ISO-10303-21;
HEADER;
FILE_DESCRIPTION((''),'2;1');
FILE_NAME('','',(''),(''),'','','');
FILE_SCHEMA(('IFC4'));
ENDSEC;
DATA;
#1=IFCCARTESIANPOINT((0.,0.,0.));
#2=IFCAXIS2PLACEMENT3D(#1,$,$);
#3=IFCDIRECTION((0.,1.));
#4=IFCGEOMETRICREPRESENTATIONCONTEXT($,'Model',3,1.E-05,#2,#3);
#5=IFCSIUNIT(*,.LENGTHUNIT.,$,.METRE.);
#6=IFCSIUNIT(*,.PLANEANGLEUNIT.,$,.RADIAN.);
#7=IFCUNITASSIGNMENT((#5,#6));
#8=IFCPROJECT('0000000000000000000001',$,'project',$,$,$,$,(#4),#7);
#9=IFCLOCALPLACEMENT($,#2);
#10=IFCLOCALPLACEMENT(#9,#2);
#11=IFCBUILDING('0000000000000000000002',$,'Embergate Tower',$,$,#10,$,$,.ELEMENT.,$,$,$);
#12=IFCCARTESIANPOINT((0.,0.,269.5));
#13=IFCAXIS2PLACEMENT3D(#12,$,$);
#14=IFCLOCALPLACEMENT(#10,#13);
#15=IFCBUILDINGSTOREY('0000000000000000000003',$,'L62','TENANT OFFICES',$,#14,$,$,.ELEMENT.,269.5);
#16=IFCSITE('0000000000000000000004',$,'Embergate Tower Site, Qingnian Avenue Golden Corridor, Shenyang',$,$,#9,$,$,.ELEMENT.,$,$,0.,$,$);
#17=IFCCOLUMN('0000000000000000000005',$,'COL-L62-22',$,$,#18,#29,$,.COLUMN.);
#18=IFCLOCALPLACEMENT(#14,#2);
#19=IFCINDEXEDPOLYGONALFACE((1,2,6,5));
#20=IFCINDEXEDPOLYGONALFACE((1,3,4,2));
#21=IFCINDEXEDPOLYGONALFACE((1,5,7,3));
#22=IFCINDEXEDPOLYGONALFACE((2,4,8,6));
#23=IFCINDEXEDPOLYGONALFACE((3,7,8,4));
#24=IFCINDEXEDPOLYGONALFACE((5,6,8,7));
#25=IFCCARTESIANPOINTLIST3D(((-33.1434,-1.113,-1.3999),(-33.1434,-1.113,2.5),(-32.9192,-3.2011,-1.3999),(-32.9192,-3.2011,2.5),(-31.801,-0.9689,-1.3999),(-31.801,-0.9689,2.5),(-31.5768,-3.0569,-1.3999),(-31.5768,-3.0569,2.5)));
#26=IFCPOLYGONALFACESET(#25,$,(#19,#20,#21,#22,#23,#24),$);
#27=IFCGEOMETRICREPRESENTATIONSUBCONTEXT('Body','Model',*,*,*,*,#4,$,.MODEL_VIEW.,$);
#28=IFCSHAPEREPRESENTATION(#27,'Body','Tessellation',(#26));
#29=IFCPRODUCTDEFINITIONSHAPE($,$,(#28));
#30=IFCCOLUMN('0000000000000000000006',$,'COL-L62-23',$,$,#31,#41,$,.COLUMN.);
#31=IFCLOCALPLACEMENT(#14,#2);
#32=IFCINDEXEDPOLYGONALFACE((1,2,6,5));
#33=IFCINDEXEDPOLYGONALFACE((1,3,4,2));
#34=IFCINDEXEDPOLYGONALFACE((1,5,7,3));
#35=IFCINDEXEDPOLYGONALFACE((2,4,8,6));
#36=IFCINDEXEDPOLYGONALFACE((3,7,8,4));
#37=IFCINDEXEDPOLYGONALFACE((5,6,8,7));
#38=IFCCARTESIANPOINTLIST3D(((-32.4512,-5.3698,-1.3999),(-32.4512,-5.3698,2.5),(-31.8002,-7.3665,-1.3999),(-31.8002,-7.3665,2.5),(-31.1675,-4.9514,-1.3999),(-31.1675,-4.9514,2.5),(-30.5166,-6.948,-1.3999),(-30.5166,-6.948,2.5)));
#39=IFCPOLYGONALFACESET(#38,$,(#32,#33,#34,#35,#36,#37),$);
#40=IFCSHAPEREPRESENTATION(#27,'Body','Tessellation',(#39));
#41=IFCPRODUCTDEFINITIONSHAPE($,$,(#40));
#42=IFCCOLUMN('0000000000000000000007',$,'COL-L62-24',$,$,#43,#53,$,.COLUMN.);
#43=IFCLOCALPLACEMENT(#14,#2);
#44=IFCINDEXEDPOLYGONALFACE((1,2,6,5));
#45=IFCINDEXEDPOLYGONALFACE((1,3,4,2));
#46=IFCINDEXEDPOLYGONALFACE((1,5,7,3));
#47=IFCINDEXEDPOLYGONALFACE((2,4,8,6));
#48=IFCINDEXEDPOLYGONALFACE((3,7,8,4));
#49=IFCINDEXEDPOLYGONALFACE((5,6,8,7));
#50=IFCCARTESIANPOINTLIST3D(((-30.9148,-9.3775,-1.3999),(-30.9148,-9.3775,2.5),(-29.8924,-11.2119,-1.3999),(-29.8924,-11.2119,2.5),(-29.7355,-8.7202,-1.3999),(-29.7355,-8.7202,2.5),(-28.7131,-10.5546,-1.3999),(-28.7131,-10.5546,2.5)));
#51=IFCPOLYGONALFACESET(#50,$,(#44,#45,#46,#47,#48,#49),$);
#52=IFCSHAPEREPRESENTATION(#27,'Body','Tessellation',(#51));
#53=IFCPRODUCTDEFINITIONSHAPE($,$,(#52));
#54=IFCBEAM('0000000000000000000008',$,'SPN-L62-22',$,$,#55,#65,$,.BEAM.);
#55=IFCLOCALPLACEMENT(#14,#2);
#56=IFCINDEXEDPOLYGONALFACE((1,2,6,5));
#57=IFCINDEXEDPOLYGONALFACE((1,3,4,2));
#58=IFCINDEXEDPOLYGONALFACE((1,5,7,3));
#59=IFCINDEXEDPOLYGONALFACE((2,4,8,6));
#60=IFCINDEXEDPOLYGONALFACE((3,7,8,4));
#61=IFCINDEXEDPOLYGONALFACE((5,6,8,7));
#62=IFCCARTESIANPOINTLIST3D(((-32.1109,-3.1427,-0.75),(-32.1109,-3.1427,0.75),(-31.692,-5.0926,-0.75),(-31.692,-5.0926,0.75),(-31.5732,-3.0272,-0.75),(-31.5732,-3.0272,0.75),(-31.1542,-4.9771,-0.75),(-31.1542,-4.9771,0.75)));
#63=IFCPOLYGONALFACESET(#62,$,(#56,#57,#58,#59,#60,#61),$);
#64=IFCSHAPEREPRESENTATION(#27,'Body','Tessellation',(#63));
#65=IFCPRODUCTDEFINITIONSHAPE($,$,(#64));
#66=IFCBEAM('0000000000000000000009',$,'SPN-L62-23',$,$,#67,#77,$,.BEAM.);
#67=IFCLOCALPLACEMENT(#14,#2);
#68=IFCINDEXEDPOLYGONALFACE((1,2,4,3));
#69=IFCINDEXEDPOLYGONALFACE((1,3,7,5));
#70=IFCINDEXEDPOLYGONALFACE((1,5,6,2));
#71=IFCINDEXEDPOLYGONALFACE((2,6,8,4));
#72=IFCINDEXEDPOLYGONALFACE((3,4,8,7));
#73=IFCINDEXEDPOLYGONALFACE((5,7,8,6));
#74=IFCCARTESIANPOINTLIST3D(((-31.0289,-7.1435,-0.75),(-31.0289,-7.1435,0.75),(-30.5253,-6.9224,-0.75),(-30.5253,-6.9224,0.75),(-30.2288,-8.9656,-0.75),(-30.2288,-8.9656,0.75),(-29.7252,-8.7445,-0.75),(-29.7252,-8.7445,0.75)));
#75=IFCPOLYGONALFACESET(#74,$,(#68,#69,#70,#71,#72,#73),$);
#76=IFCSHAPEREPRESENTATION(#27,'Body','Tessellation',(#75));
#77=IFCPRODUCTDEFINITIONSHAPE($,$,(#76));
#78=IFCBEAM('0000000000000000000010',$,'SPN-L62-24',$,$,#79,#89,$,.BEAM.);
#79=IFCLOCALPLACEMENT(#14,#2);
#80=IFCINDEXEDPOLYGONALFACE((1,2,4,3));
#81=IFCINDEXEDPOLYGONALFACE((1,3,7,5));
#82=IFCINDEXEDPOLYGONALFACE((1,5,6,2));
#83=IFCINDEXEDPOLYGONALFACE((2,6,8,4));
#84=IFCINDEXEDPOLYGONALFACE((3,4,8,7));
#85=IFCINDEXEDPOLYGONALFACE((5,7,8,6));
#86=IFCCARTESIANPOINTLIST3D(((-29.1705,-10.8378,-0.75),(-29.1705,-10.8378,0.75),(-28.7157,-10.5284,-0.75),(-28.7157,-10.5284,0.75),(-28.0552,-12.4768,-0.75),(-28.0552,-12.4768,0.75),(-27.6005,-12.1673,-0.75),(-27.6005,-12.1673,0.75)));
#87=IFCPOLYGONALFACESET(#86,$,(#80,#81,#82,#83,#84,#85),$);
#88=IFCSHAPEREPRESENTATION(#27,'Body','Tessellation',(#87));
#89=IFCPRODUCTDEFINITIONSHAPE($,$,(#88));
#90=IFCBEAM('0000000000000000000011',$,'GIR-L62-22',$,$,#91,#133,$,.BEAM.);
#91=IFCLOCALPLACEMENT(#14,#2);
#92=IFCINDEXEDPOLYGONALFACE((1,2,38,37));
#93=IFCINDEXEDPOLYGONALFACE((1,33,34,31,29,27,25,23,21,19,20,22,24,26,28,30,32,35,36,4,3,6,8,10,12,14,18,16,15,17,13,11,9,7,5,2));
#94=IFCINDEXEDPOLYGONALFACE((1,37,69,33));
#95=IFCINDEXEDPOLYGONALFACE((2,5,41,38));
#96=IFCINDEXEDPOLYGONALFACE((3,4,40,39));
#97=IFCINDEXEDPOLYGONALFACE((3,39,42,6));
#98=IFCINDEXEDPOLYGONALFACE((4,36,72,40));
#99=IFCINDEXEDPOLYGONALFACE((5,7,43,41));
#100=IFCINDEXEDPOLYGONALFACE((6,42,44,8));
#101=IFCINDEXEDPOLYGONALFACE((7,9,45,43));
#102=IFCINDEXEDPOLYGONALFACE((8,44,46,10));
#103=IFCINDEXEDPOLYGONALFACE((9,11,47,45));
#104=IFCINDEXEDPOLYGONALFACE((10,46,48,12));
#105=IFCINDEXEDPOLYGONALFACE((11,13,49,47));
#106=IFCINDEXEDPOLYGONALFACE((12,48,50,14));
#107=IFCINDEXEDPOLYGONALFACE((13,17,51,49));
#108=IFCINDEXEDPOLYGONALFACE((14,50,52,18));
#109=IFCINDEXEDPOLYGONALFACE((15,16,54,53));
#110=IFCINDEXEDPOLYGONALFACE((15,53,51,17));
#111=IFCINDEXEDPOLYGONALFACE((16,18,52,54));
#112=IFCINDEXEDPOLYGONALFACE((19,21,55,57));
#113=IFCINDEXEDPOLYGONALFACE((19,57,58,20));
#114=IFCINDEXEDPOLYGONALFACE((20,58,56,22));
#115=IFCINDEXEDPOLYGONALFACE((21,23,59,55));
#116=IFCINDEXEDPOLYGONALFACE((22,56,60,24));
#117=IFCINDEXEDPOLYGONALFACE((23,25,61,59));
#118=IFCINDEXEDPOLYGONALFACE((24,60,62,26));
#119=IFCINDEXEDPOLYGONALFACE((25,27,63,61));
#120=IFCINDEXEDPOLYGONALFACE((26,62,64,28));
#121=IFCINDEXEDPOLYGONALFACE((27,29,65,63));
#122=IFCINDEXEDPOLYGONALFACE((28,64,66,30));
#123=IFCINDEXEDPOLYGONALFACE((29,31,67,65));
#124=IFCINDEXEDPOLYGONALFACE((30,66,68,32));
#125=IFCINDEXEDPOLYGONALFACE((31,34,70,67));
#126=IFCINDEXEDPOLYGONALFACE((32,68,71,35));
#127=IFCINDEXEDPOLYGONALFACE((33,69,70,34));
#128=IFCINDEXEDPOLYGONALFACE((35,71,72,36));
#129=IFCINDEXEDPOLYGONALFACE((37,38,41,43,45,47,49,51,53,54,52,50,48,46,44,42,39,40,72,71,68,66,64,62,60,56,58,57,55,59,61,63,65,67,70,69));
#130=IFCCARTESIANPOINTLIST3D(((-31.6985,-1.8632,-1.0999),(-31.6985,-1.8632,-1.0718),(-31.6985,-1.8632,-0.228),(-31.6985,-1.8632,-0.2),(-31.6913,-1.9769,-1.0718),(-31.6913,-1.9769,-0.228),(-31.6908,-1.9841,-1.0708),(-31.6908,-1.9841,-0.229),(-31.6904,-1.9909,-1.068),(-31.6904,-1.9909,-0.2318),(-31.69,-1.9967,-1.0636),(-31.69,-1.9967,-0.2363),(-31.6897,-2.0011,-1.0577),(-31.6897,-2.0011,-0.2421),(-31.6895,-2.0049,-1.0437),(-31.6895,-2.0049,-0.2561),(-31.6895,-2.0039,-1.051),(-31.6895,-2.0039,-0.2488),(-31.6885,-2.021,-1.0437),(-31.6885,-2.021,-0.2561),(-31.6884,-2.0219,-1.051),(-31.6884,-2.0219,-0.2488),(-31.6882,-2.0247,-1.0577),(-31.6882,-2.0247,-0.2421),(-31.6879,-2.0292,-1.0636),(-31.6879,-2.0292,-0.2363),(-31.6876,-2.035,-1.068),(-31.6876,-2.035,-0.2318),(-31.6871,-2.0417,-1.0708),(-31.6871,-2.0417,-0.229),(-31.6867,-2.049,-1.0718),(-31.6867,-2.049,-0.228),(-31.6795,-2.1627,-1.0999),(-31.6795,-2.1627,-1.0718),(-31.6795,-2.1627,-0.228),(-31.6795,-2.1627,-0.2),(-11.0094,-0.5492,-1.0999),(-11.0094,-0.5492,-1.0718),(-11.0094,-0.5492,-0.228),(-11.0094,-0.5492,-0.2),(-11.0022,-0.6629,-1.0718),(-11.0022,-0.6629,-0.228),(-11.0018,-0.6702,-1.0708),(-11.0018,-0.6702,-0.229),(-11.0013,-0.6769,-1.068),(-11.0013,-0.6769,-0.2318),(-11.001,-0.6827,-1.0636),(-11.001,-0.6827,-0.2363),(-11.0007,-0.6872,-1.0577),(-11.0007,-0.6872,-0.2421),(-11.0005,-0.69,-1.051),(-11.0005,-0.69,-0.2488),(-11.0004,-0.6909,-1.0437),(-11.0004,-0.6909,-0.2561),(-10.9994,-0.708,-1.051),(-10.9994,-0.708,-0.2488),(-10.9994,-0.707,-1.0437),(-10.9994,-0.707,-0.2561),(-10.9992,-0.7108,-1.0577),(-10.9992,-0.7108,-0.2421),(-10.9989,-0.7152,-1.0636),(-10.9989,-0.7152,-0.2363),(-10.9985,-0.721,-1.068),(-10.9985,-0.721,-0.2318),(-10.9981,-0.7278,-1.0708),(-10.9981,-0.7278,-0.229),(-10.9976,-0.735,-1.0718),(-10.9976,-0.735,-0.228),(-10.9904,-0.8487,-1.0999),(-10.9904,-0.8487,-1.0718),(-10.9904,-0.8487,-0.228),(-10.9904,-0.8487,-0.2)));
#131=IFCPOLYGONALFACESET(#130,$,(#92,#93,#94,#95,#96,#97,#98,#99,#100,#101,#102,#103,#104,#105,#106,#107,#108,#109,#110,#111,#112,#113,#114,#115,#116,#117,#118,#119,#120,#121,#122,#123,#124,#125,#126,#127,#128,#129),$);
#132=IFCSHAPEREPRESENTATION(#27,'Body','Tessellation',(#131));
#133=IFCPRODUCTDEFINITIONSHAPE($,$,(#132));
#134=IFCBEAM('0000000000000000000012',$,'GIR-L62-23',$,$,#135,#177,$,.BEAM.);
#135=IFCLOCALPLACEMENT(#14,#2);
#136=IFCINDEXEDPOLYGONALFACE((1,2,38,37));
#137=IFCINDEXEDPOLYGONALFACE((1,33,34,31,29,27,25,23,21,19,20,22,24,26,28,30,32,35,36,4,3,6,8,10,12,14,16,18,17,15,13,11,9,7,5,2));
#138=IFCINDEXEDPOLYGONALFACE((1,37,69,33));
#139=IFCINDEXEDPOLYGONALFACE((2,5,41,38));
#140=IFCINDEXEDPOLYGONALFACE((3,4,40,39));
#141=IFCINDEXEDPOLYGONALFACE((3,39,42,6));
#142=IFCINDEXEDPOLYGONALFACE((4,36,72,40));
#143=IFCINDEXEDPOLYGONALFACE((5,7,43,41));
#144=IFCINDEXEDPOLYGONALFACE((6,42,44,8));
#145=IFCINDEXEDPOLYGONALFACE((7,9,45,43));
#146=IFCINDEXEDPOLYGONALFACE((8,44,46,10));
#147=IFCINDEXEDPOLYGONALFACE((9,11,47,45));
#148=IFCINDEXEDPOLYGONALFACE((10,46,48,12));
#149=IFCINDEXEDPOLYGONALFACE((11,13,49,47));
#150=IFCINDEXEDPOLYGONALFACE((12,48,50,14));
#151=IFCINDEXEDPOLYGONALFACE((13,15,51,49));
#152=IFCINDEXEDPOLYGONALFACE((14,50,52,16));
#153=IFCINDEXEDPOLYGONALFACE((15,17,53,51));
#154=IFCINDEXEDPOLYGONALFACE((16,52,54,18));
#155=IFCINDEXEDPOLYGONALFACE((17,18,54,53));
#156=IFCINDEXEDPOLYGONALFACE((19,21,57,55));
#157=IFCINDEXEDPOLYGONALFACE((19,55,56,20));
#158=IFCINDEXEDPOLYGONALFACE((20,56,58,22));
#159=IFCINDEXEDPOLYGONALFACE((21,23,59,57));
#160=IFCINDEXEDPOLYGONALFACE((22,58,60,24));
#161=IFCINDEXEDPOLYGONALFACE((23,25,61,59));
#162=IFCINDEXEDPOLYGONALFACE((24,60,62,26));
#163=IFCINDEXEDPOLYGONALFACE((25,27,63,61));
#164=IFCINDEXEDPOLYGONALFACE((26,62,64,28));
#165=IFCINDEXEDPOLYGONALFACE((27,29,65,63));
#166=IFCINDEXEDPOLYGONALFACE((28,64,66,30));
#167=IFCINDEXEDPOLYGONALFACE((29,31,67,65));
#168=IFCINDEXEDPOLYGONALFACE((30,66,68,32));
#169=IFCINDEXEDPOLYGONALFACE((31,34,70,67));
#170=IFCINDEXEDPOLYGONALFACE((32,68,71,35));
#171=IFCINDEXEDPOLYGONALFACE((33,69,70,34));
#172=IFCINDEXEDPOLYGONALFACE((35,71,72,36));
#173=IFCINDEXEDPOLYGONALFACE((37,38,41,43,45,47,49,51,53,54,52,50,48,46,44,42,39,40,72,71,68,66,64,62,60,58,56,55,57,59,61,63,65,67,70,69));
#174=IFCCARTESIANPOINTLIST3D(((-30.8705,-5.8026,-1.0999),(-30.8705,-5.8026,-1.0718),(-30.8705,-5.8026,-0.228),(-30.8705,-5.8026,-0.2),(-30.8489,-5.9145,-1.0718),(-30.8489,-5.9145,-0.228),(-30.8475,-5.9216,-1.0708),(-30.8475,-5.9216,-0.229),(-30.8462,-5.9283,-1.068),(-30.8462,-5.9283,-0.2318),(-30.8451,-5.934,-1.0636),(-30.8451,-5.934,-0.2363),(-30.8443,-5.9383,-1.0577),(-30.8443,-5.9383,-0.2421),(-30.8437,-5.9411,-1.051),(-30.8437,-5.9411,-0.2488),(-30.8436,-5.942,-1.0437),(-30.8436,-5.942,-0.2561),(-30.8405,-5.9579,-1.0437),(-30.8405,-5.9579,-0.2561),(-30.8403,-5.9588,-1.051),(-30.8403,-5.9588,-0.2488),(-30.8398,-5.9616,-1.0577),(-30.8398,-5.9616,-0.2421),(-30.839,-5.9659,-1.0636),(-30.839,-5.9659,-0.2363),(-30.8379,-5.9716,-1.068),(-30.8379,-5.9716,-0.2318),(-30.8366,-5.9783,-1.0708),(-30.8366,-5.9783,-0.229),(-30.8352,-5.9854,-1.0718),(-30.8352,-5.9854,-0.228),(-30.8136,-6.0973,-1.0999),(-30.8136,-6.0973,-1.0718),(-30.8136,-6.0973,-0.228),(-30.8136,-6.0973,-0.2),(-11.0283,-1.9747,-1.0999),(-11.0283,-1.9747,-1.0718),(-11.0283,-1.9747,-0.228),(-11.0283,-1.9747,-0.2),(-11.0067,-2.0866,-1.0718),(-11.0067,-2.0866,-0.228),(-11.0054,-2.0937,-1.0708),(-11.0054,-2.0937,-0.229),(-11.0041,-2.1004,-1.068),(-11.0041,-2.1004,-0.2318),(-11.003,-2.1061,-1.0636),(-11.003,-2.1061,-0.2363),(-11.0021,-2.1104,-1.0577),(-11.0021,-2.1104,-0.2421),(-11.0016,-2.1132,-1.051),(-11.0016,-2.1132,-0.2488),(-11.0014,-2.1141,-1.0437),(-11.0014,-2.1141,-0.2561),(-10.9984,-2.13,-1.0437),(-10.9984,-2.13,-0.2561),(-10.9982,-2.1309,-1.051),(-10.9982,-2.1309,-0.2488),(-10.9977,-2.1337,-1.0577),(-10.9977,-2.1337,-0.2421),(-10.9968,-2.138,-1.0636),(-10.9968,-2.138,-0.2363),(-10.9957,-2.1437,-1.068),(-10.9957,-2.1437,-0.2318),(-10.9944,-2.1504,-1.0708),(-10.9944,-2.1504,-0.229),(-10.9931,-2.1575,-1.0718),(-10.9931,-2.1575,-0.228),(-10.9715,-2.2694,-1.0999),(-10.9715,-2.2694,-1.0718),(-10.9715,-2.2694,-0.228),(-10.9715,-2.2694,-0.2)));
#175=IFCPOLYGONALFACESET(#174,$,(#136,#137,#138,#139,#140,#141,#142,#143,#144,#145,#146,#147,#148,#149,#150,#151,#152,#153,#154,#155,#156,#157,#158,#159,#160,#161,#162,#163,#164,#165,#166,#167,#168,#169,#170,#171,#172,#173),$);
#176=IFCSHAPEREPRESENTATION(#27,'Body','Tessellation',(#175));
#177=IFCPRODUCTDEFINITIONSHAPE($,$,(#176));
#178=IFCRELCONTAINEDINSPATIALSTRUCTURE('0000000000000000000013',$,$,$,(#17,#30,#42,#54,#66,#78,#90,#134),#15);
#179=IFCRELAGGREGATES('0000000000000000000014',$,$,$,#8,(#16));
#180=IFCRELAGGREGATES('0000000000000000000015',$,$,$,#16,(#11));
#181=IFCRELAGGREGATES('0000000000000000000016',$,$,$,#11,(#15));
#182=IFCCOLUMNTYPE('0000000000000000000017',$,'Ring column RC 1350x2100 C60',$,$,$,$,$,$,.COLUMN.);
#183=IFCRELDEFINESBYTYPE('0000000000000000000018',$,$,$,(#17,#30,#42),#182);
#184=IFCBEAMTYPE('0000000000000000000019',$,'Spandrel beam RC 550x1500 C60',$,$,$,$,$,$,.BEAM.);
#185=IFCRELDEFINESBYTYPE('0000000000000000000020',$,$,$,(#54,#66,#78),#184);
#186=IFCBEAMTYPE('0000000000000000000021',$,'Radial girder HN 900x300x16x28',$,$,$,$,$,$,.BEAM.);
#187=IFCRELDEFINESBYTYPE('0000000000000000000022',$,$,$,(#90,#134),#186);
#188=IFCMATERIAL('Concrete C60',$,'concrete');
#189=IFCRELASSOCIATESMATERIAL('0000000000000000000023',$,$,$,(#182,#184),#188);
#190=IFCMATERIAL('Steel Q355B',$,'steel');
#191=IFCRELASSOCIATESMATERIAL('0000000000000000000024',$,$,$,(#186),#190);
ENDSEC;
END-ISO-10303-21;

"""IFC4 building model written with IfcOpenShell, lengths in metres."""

from ifc_helpers import new_model, si_unit, direction, frame, origin, origin_2d, place, context, subcontext, project, spatial, rectangle, i_section, extrude, source, transform, mapped, material, material_profile, profile_set, type_object, element, save


model = new_model("IFC4")

# Units and contexts
model_context = context("Model", 3, precision=1e-05, world=origin(), true_north=direction((0.0, 1.0)))
body_context = subcontext(model_context, "Body", "Model", "MODEL_VIEW")
ifc_project = project(units=[si_unit("LENGTHUNIT", "METRE"), si_unit("PLANEANGLEUNIT", "RADIAN")], contexts=[model_context])

# Site, building, storey
site_placement = place(None, origin())
site = spatial("IfcSite", under=ifc_project, at=site_placement, Name="Embergate Tower Site, Qingnian Avenue Golden Corridor, Shenyang", CompositionType="ELEMENT", RefElevation=0.0)
building_placement = place(site_placement, origin())
building = spatial("IfcBuilding", under=site, at=building_placement, Name="Embergate Tower", CompositionType="ELEMENT")
storey_placement = place(building_placement, frame((0.0, 0.0, 269.5)))
storey = spatial("IfcBuildingStorey", under=building, at=storey_placement, Name="L62", Description="TENANT OFFICES", CompositionType="ELEMENT", Elevation=269.5)

# Columns
ifc_material_1 = material(Name="Concrete C60", Category="concrete")
ifc_material_profile_1 = material_profile(ifc_material_1, rectangle(XDim=1.3501, YDim=2.1001, at=origin_2d()), Name="RC 1350x2100")
ifc_profile_set_1 = profile_set([ifc_material_profile_1], Name="Concrete C60")
column_type = type_object("IfcColumnType", Name="Ring column RC 1350x2100 C60", PredefinedType="COLUMN", material=ifc_profile_set_1)
shared_shape_1 = source(origin(), body_context, "Body", "SweptSolid", [
    extrude(rectangle(XDim=1.3501, YDim=2.1001, at=origin_2d()), origin(), (0.0, 0.0, 1.0), 3.8999),
])
for number, where, z_axis, x_axis, name in (
    (1, (-32.3601, -2.085, -1.3999), (0.0, 0.0, 1.0), (-0.994286, -0.10675, 0.0), "COL-L62-22"),
    (2, (-31.4839, -6.1589, -1.3999), (0.0, 0.0, 1.0), (-0.950754, -0.309946, 0.0), "COL-L62-23"),
    (3, (-29.814, -9.9661, -1.3999), (0.0, 0.0, 1.0), (-0.873492, -0.486839, 0.0), "COL-L62-24"),
):
    element("IfcColumn", number, at=place(storey_placement, frame(where, z_axis=z_axis, x_axis=x_axis)), inside=storey, type_object=column_type, Name=name, PredefinedType="COLUMN", context=body_context, shape_type="MappedRepresentation", body=[
        mapped(shared_shape_1, transform((0.0, 0.0, 0.0))),
    ])

# Beams
ifc_material_profile_2 = material_profile(ifc_material_1, rectangle(XDim=0.55, YDim=1.5, at=origin_2d()), Name="RC 550x1500")
ifc_profile_set_2 = profile_set([ifc_material_profile_2], Name="Concrete C60")
beam_type_1 = type_object("IfcBeamType", Name="Spandrel beam RC 550x1500 C60", PredefinedType="BEAM", material=ifc_profile_set_2)
shared_shape_2 = source(origin(), body_context, "Body", "SweptSolid", [
    extrude(rectangle(XDim=0.55, YDim=1.5, at=origin_2d()), origin(), (0.0, 0.0, 1.0), 1.9944),
])
beam_1_placement = place(storey_placement, frame((-31.842, -3.085, 0.0), z_axis=(0.210056, -0.977689, 0.0), x_axis=(0.977689, 0.210056, 0.0)))
element("IfcBeam", 4, at=beam_1_placement, inside=storey, type_object=beam_type_1, Name="SPN-L62-22", PredefinedType="BEAM", context=body_context, shape_type="MappedRepresentation", body=[
    mapped(shared_shape_2, transform((0.0, 0.0, 0.0))),
])
shared_shape_3 = source(origin(), body_context, "Body", "SweptSolid", [
    extrude(rectangle(XDim=0.55, YDim=1.5, at=origin_2d()), origin(), (0.0, 0.0, 1.0), 1.99),
])
beam_2_placement = place(storey_placement, frame((-30.7771, -7.033, 0.0), z_axis=(0.402048, -0.915619, 0.0), x_axis=(0.915619, 0.402048, 0.0)))
element("IfcBeam", 5, at=beam_2_placement, inside=storey, type_object=beam_type_1, Name="SPN-L62-23", PredefinedType="BEAM", context=body_context, shape_type="MappedRepresentation", body=[
    mapped(shared_shape_3, transform((0.0, 0.0, 0.0))),
])
shared_shape_4 = source(origin(), body_context, "Body", "SweptSolid", [
    extrude(rectangle(XDim=0.55, YDim=1.5, at=origin_2d()), origin(), (0.0, 0.0, 1.0), 1.9824),
])
beam_3_placement = place(storey_placement, frame((-28.9431, -10.6831, 0.0), z_axis=(0.562576, -0.826745, 0.0), x_axis=(0.826745, 0.562576, 0.0)))
element("IfcBeam", 6, at=beam_3_placement, inside=storey, type_object=beam_type_1, Name="SPN-L62-24", PredefinedType="BEAM", context=body_context, shape_type="MappedRepresentation", body=[
    mapped(shared_shape_4, transform((0.0, 0.0, 0.0))),
])
ifc_material_2 = material(Name="Steel Q355B", Category="steel")
ifc_material_profile_3 = material_profile(ifc_material_2, i_section(OverallWidth=0.3, OverallDepth=0.8999, WebThickness=0.0161, FlangeThickness=0.0281, FilletRadius=0.0281, at=origin_2d()), Name="HN 900x300x16x28")
ifc_profile_set_3 = profile_set([ifc_material_profile_3], Name="Steel Q355 grade B")
beam_type_2 = type_object("IfcBeamType", Name="Radial girder HN 900x300x16x28", PredefinedType="BEAM", material=ifc_profile_set_3)
shared_shape_5 = source(origin(), body_context, "Body", "SweptSolid", [
    extrude(i_section(OverallWidth=0.3, OverallDepth=0.8999, WebThickness=0.0161, FlangeThickness=0.0281, FilletRadius=0.0281, at=origin_2d()), origin(), (0.0, 0.0, 1.0), 20.7307),
])
beam_4_placement = place(storey_placement, frame((-31.689, -2.0129, -0.6499), z_axis=(0.997989, 0.063383, 0.0), x_axis=(-0.063383, 0.997989, 0.0)))
element("IfcBeam", 7, at=beam_4_placement, inside=storey, type_object=beam_type_2, Name="GIR-L62-22", PredefinedType="BEAM", context=body_context, shape_type="MappedRepresentation", body=[
    mapped(shared_shape_5, transform((0.0, 0.0, 0.0))),
])
shared_shape_6 = source(origin(), body_context, "Body", "SweptSolid", [
    extrude(i_section(OverallWidth=0.3, OverallDepth=0.8999, WebThickness=0.0161, FlangeThickness=0.0281, FilletRadius=0.0281, at=origin_2d()), origin(), (0.0, 0.0, 1.0), 20.208),
])
beam_5_placement = place(storey_placement, frame((-30.842, -5.95, -0.6499), z_axis=(0.981895, 0.189425, 0.0), x_axis=(-0.189425, 0.981895, 0.0)))
element("IfcBeam", 8, at=beam_5_placement, inside=storey, type_object=beam_type_2, Name="GIR-L62-23", PredefinedType="BEAM", context=body_context, shape_type="MappedRepresentation", body=[
    mapped(shared_shape_6, transform((0.0, 0.0, 0.0))),
])

save(model, "model.ifc")
